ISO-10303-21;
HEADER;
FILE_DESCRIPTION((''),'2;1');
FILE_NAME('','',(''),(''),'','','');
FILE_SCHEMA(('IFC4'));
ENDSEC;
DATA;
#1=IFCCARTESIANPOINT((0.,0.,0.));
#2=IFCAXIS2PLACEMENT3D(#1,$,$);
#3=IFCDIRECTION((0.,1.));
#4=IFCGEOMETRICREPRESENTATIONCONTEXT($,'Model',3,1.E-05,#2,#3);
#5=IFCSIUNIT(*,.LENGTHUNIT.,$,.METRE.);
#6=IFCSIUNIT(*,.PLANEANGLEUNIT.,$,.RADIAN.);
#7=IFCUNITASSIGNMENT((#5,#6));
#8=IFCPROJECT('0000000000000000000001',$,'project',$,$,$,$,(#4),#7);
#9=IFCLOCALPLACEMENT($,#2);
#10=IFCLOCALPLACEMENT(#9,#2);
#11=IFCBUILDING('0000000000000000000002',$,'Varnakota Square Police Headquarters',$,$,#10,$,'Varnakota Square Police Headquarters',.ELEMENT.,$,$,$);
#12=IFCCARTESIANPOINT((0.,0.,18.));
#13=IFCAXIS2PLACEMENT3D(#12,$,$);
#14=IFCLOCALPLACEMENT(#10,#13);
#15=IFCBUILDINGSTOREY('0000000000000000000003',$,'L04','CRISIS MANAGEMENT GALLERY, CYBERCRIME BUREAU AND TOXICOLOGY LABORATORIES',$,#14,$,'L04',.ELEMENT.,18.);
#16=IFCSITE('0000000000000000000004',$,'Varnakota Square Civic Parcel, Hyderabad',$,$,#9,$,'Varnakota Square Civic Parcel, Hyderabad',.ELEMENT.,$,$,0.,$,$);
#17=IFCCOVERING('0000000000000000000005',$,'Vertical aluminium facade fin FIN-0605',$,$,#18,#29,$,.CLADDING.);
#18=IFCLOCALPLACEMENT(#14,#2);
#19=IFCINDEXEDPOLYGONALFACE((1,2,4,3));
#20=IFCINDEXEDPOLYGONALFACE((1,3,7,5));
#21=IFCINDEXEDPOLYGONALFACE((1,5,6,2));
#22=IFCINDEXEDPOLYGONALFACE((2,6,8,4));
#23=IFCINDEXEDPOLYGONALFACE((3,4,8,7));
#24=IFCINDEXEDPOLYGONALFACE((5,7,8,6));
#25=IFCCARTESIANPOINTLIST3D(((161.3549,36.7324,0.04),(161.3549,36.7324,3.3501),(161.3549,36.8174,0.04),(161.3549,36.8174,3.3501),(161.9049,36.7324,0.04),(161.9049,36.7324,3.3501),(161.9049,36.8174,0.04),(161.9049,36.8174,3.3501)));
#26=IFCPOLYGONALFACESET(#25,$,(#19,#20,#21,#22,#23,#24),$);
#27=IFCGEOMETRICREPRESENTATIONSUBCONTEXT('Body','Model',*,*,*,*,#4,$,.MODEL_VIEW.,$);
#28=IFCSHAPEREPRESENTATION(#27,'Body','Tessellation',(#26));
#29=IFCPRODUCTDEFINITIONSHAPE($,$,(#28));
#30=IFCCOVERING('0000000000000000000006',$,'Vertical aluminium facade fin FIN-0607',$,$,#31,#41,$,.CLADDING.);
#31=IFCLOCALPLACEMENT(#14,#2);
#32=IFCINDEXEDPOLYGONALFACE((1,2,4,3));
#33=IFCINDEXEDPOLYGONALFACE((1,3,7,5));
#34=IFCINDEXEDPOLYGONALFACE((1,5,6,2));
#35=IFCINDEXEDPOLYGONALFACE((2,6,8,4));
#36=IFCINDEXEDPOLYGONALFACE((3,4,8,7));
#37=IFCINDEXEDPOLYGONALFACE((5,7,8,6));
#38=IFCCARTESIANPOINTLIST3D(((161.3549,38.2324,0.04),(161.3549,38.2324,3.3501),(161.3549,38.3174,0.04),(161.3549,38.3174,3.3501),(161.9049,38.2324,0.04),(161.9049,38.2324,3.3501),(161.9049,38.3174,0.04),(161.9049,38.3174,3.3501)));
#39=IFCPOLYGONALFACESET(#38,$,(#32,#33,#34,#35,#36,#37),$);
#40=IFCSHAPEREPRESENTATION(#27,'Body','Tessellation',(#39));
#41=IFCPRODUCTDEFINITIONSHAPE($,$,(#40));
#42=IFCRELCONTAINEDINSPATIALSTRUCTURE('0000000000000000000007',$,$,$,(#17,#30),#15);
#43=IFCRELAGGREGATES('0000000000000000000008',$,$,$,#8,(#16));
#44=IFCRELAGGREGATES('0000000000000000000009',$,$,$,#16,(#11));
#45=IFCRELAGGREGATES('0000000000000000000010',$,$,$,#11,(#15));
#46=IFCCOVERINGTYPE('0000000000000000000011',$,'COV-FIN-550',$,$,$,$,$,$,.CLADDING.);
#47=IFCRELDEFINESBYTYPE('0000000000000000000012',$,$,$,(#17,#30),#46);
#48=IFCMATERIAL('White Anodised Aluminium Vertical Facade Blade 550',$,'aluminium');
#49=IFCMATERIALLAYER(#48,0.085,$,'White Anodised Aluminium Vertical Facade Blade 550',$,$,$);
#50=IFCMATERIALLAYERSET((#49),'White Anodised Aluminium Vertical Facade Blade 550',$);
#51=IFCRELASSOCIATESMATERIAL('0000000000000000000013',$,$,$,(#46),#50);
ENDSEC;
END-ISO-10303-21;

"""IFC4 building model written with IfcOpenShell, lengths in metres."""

from ifc_helpers import new_model, si_unit, direction, frame, origin, origin_2d, place, context, subcontext, project, spatial, rectangle, extrude, material, layer, layer_set, type_object, element, save


model = new_model("IFC4")

# Units and contexts
model_context = context("Model", 3, precision=1e-05, world=origin(), true_north=direction((0.0, 1.0)))
body_context = subcontext(model_context, "Body", "Model", "MODEL_VIEW")
ifc_project = project(units=[si_unit("LENGTHUNIT", "METRE"), si_unit("PLANEANGLEUNIT", "RADIAN")], contexts=[model_context])

# Site, building, storey
site_placement = place(None, origin())
site = spatial("IfcSite", under=ifc_project, at=site_placement, Name="Varnakota Square Civic Parcel, Hyderabad", LongName="Varnakota Square Civic Parcel, Hyderabad", CompositionType="ELEMENT", RefElevation=0.0)
building_placement = place(site_placement, origin())
building = spatial("IfcBuilding", under=site, at=building_placement, Name="Varnakota Square Police Headquarters", LongName="Varnakota Square Police Headquarters", CompositionType="ELEMENT")
storey_placement = place(building_placement, frame((0.0, 0.0, 18.0)))
storey = spatial("IfcBuildingStorey", under=building, at=storey_placement, Name="L04", Description="CRISIS MANAGEMENT GALLERY, CYBERCRIME BUREAU AND TOXICOLOGY LABORATORIES", LongName="L04", CompositionType="ELEMENT", Elevation=18.0)

# Coverings
ifc_material_1 = material(Name="White Anodised Aluminium Vertical Facade Blade 550", Category="aluminium")
ifc_layer_1 = layer(ifc_material_1, 0.085, Name="White Anodised Aluminium Vertical Facade Blade 550")
ifc_layer_set_1 = layer_set([ifc_layer_1], Name="White Anodised Aluminium Vertical Facade Blade 550")
covering_type_1 = type_object("IfcCoveringType", Name="COV-FIN-550", PredefinedType="CLADDING", material=ifc_layer_set_1)
for number, where, z_axis, x_axis, name in (
    (1, (161.6299, 36.7749, 0.04), (0.0, 0.0, 1.0), (0.0, 1.0, 0.0), "Vertical aluminium facade fin FIN-0605"),
    (2, (161.6299, 38.2749, 0.04), (0.0, 0.0, 1.0), (0.0, 1.0, 0.0), "Vertical aluminium facade fin FIN-0607"),
):
    element("IfcCovering", number, at=place(storey_placement, frame(where, z_axis=z_axis, x_axis=x_axis)), inside=storey, type_object=covering_type_1, Name=name, PredefinedType="CLADDING", context=body_context, shape_type="SweptSolid", body=[
        extrude(rectangle(XDim=0.085, YDim=0.55, at=origin_2d()), origin(), (0.0, 0.0, 1.0), 3.3101),
    ])

save(model, "model.ifc")
